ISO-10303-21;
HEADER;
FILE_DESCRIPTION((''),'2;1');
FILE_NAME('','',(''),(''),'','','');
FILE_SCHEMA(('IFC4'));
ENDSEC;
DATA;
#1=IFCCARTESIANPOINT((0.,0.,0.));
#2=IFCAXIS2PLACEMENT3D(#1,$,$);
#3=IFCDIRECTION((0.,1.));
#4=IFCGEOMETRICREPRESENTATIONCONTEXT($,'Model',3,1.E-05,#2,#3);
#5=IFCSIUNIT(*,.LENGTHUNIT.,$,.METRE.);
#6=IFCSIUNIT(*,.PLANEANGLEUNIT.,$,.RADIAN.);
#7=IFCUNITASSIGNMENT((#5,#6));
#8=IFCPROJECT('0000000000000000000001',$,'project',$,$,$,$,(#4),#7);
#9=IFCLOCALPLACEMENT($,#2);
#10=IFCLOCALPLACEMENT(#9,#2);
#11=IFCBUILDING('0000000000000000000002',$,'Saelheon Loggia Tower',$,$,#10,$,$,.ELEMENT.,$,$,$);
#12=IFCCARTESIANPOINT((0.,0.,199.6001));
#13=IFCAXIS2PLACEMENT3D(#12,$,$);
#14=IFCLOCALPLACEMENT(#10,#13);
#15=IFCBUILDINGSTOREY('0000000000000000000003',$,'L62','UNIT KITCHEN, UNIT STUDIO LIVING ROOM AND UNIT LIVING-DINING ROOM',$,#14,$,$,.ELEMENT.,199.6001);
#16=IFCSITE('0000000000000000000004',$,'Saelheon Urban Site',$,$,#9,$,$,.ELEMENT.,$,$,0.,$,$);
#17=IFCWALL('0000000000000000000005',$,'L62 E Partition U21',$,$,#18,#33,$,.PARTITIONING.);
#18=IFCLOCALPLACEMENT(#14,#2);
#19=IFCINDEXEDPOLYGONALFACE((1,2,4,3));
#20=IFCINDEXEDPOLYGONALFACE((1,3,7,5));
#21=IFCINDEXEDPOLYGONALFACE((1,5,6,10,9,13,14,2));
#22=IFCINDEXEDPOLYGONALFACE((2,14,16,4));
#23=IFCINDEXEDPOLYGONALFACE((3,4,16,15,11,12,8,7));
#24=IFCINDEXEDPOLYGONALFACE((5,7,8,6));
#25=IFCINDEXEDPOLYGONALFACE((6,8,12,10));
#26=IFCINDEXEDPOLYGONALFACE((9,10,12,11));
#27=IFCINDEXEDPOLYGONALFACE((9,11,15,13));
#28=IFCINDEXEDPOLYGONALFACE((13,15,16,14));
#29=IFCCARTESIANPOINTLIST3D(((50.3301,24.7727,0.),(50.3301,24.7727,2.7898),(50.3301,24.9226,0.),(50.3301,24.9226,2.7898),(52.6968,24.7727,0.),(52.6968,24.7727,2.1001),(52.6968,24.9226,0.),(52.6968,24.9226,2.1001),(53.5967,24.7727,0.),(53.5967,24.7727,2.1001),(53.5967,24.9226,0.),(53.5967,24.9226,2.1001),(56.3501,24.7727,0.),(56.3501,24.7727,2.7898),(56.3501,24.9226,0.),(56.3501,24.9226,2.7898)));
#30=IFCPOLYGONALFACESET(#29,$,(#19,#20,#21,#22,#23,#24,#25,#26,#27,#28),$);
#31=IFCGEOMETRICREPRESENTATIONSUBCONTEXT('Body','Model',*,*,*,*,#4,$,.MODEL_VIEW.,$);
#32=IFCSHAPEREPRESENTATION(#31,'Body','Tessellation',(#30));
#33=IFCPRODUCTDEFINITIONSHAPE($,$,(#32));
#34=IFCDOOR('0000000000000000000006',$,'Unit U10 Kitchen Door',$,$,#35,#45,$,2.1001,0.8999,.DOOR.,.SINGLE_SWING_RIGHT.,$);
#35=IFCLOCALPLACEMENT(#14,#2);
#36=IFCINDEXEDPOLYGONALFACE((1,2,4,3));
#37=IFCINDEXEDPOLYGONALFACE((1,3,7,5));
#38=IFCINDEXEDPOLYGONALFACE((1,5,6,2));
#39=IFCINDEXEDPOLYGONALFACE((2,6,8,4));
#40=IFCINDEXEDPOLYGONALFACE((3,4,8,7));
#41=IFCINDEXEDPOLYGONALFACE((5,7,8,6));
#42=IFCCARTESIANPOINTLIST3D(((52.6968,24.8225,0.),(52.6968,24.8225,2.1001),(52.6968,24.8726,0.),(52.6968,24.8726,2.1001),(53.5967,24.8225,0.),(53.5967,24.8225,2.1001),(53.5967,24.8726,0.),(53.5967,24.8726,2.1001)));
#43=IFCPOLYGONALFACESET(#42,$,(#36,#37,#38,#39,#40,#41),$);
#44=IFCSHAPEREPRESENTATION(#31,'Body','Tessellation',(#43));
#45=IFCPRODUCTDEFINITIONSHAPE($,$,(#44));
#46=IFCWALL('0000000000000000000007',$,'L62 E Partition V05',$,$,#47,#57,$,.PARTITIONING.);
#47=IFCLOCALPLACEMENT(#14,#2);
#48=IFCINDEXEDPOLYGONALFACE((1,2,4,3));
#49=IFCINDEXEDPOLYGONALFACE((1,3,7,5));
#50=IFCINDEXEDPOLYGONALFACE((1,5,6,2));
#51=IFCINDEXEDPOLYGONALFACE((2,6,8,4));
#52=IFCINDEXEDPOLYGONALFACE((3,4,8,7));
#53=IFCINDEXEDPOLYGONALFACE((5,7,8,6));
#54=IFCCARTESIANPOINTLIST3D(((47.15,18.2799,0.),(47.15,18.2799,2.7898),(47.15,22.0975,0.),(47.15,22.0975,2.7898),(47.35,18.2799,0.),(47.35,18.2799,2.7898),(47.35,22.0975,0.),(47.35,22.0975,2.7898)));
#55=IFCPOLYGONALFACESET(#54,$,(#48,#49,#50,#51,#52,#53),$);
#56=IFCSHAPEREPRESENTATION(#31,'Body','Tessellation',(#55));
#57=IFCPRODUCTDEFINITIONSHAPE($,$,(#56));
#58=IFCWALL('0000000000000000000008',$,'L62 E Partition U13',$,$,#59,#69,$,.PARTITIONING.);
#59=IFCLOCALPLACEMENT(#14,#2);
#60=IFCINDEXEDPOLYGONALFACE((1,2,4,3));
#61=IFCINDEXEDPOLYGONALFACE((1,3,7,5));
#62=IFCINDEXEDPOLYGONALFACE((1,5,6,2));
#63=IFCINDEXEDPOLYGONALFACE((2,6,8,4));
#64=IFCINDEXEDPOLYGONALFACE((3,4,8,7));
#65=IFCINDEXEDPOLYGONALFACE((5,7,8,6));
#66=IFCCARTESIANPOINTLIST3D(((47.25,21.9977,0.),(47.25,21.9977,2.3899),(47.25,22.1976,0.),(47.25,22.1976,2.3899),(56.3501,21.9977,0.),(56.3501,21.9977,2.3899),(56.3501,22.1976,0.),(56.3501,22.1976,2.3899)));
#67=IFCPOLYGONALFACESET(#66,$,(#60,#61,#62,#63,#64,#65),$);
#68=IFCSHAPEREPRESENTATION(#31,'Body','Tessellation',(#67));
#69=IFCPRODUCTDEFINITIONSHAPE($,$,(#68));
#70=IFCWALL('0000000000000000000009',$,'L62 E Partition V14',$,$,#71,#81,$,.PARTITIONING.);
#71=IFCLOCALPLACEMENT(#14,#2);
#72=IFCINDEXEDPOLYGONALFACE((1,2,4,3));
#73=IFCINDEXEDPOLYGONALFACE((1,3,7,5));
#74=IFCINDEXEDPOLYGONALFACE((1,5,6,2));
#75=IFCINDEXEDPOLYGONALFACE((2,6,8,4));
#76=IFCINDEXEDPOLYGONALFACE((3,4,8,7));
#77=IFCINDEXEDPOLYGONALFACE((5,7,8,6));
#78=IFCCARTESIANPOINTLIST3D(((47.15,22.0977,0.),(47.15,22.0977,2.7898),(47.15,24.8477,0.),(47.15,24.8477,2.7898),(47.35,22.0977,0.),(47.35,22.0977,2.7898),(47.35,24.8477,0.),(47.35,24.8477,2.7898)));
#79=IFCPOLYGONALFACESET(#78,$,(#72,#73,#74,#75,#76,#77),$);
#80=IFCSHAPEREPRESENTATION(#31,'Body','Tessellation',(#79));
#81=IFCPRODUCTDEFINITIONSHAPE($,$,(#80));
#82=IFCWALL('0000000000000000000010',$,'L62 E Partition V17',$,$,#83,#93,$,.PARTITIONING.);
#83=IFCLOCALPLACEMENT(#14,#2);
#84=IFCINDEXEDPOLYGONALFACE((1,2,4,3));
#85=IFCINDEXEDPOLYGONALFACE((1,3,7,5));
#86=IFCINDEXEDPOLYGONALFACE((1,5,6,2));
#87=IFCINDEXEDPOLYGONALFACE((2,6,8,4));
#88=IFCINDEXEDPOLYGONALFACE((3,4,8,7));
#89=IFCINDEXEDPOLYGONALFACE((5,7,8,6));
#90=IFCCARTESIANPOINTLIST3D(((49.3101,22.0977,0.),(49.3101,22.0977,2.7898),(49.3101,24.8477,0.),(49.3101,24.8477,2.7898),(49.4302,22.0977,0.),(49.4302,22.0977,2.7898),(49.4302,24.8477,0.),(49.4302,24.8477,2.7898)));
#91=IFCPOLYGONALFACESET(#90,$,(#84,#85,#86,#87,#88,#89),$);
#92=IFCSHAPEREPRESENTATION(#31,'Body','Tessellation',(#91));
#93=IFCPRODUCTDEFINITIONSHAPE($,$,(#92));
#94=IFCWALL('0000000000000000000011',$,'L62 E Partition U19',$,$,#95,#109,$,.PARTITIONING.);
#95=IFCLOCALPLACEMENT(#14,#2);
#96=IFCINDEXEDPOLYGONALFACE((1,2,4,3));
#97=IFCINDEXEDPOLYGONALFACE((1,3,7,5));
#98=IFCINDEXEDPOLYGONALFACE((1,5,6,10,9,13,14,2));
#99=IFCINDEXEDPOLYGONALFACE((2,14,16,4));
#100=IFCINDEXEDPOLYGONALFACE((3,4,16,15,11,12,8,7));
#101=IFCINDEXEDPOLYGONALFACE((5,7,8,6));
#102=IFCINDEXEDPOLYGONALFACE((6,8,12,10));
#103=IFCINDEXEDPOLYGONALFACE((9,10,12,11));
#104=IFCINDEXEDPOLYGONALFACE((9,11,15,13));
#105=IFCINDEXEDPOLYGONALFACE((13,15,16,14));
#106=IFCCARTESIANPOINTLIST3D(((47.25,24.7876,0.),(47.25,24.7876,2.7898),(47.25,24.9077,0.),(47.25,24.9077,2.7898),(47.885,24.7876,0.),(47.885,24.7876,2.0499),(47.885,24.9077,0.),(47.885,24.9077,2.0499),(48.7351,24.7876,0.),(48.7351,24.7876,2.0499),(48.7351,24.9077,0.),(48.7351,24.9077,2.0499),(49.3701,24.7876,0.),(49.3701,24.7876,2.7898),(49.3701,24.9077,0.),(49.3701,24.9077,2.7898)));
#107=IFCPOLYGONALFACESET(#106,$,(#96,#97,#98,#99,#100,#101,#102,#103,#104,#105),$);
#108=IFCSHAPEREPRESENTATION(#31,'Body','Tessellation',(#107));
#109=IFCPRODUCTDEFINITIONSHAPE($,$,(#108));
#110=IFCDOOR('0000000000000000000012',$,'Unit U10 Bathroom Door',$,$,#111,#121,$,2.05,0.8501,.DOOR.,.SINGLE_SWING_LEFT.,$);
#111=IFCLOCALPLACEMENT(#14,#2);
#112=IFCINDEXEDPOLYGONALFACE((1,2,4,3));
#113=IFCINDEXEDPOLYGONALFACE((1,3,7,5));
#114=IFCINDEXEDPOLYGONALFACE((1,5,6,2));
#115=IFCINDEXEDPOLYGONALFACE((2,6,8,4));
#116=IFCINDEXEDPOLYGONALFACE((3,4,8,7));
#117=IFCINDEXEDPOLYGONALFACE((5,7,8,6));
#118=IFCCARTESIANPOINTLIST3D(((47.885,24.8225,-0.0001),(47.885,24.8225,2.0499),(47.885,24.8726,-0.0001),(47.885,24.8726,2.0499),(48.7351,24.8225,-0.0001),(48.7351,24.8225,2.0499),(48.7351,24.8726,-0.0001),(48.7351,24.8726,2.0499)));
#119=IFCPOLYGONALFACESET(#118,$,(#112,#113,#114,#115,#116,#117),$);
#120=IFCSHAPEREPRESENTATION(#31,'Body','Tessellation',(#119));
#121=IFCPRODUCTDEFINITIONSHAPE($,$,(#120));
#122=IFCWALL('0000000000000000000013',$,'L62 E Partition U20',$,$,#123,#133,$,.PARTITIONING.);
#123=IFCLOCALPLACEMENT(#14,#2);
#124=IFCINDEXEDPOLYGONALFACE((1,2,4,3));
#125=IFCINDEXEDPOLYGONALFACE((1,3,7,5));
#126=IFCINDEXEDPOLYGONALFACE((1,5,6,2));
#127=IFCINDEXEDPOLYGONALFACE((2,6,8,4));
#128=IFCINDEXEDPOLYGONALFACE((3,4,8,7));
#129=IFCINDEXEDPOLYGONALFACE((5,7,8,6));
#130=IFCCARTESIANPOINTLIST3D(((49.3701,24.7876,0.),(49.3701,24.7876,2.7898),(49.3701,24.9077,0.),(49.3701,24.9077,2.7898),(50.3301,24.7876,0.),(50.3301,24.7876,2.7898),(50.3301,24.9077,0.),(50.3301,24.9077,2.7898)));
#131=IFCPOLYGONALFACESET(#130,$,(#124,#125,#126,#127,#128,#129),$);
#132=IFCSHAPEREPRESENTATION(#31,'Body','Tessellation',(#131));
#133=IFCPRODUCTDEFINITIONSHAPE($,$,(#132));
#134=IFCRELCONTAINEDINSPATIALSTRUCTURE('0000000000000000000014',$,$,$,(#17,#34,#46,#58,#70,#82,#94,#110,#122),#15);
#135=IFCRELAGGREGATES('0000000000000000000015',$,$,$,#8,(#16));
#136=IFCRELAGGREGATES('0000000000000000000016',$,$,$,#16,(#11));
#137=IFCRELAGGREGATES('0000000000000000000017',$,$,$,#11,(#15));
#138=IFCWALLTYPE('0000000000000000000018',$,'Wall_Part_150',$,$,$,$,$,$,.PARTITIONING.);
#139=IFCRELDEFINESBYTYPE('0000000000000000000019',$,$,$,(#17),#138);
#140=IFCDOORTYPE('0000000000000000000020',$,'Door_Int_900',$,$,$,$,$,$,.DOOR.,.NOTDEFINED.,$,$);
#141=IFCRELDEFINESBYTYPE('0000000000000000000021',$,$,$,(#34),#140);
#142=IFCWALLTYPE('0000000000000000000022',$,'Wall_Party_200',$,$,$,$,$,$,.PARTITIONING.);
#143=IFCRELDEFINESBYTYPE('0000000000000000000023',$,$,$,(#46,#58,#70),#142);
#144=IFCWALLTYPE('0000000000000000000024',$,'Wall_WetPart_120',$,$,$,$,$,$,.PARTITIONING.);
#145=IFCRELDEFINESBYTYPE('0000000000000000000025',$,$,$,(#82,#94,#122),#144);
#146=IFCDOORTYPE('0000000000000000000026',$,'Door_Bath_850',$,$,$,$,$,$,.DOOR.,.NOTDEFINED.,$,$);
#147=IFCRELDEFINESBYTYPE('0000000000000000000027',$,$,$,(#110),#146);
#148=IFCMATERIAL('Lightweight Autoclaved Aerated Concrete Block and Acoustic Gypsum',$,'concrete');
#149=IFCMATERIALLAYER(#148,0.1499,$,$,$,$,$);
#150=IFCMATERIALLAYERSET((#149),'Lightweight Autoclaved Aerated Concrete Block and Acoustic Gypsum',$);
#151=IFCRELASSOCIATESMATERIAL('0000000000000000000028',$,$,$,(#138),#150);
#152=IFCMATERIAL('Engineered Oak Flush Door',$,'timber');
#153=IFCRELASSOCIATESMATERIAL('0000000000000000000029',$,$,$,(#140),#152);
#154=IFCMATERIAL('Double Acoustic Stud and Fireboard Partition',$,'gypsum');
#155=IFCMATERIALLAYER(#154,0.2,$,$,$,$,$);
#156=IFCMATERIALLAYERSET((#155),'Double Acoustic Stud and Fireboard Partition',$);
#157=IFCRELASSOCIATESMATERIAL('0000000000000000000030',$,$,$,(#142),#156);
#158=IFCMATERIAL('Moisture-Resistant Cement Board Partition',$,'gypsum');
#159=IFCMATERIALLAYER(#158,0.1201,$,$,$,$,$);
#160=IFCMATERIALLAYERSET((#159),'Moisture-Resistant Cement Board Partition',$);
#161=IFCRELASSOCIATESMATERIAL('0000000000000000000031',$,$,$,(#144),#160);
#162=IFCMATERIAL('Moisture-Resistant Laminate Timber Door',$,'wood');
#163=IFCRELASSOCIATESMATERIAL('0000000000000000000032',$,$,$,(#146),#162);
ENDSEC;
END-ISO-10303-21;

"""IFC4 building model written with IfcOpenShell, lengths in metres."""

from ifc_helpers import new_model, si_unit, direction, frame, frame_2d, origin, place, context, subcontext, project, spatial, rectangle, extrude, source, transform, mapped, material, layer, layer_set, type_object, element, fill, save


model = new_model("IFC4")

# Units and contexts
model_context = context("Model", 3, precision=1e-05, world=origin(), true_north=direction((0.0, 1.0)))
body_context = subcontext(model_context, "Body", "Model", "MODEL_VIEW")
ifc_project = project(units=[si_unit("LENGTHUNIT", "METRE"), si_unit("PLANEANGLEUNIT", "RADIAN")], contexts=[model_context])

# Site, building, storey
site_placement = place(None, origin())
site = spatial("IfcSite", under=ifc_project, at=site_placement, Name="Saelheon Urban Site", CompositionType="ELEMENT", RefElevation=0.0)
building_placement = place(site_placement, origin())
building = spatial("IfcBuilding", under=site, at=building_placement, Name="Saelheon Loggia Tower", CompositionType="ELEMENT")
storey_placement = place(building_placement, frame((0.0, 0.0, 199.6001)))
storey = spatial("IfcBuildingStorey", under=building, at=storey_placement, Name="L62", Description="UNIT KITCHEN, UNIT STUDIO LIVING ROOM AND UNIT LIVING-DINING ROOM", CompositionType="ELEMENT", Elevation=199.6001)

# Shared definitions
ifc_material_1 = material(Name="Lightweight Autoclaved Aerated Concrete Block and Acoustic Gypsum", Category="concrete")
ifc_layer_1 = layer(ifc_material_1, 0.1499)
ifc_layer_set_1 = layer_set([ifc_layer_1], Name="Lightweight Autoclaved Aerated Concrete Block and Acoustic Gypsum")
wall_type_1 = type_object("IfcWallType", Name="Wall_Part_150", PredefinedType="PARTITIONING", material=ifc_layer_set_1)

# Wall, opening, door
ifc_material_2 = material(Name="Engineered Oak Flush Door", Category="timber")
door_type_1 = type_object("IfcDoorType", Name="Door_Int_900", OperationType="NOTDEFINED", PredefinedType="DOOR", material=ifc_material_2)
shared_shape_1 = source(origin(), body_context, "Body", "SweptSolid", [
    extrude(rectangle(XDim=0.8999, YDim=2.1001, at=frame_2d((0.45, 1.05))), frame((0.0, 0.0249, 0.0), z_axis=(0.0, -1.0, 0.0), x_axis=(1.0, 0.0, 0.0)), (0.0, 0.0, 1.0), 0.05),
])
wall_1_placement = place(storey_placement, frame((50.3301, 24.8477, 0.0), z_axis=(0.0, 0.0, 1.0), x_axis=(1.0, 0.0, 0.0)))
wall_1 = element("IfcWall", 1, at=wall_1_placement, inside=storey, type_object=wall_type_1, Name="L62 E Partition U21", PredefinedType="PARTITIONING", context=body_context, shape_type="SweptSolid", body=[
    extrude(rectangle(XDim=6.02, YDim=0.1499, at=frame_2d((3.01, 0.0))), origin(), (0.0, 0.0, 1.0), 2.7898),
])
opening_1_placement = place(wall_1_placement, frame((2.3667, 0.0, 0.0)))
opening_1 = element("IfcOpeningElement", 2, at=opening_1_placement, cuts=wall_1, PredefinedType="OPENING", context=body_context, shape_type="SweptSolid", body=[
    extrude(rectangle(XDim=0.8999, YDim=2.1001, at=frame_2d((0.45, 1.05))), frame((0.0, 0.0869, 0.0), z_axis=(0.0, -1.0, 0.0), x_axis=(1.0, 0.0, 0.0)), (0.0, 0.0, 1.0), 0.1738),
])
door_1_placement = place(opening_1_placement, origin())
door_1 = element("IfcDoor", 3, at=door_1_placement, inside=storey, type_object=door_type_1, Name="Unit U10 Kitchen Door", OperationType="SINGLE_SWING_RIGHT", OverallHeight=2.1001, OverallWidth=0.8999, PredefinedType="DOOR", context=body_context, shape_type="MappedRepresentation", body=[
    mapped(shared_shape_1, transform((0.0, 0.0, 0.0), scale=1.0)),
])
fill(opening_1, door_1)

# Walls
ifc_material_3 = material(Name="Double Acoustic Stud and Fireboard Partition", Category="gypsum")
ifc_layer_2 = layer(ifc_material_3, 0.2)
ifc_layer_set_2 = layer_set([ifc_layer_2], Name="Double Acoustic Stud and Fireboard Partition")
wall_type_2 = type_object("IfcWallType", Name="Wall_Party_200", PredefinedType="PARTITIONING", material=ifc_layer_set_2)
wall_2_placement = place(storey_placement, frame((47.25, 18.28, 0.0), z_axis=(0.0, 0.0, 1.0), x_axis=(0.0, 1.0, 0.0)))
element("IfcWall", 4, at=wall_2_placement, inside=storey, type_object=wall_type_2, Name="L62 E Partition V05", PredefinedType="PARTITIONING", context=body_context, shape_type="SweptSolid", body=[
    extrude(rectangle(XDim=3.8176, YDim=0.2, at=frame_2d((1.9087, 0.0))), origin(), (0.0, 0.0, 1.0), 2.7898),
])
wall_3_placement = place(storey_placement, frame((47.25, 22.0977, 0.0), z_axis=(0.0, 0.0, 1.0), x_axis=(1.0, 0.0, 0.0)))
element("IfcWall", 5, at=wall_3_placement, inside=storey, type_object=wall_type_2, Name="L62 E Partition U13", PredefinedType="PARTITIONING", context=body_context, shape_type="SweptSolid", body=[
    extrude(rectangle(XDim=9.1001, YDim=0.2, at=frame_2d((4.55, 0.0))), origin(), (0.0, 0.0, 1.0), 2.3899),
])
wall_4_placement = place(storey_placement, frame((47.25, 22.0977, 0.0), z_axis=(0.0, 0.0, 1.0), x_axis=(0.0, 1.0, 0.0)))
element("IfcWall", 6, at=wall_4_placement, inside=storey, type_object=wall_type_2, Name="L62 E Partition V14", PredefinedType="PARTITIONING", context=body_context, shape_type="SweptSolid", body=[
    extrude(rectangle(XDim=2.75, YDim=0.2, at=frame_2d((1.375, 0.0))), origin(), (0.0, 0.0, 1.0), 2.7898),
])

# Wall
ifc_material_4 = material(Name="Moisture-Resistant Cement Board Partition", Category="gypsum")
ifc_layer_3 = layer(ifc_material_4, 0.1201)
ifc_layer_set_3 = layer_set([ifc_layer_3], Name="Moisture-Resistant Cement Board Partition")
wall_type_3 = type_object("IfcWallType", Name="Wall_WetPart_120", PredefinedType="PARTITIONING", material=ifc_layer_set_3)
wall_5_placement = place(storey_placement, frame((49.3701, 22.0977, 0.0), z_axis=(0.0, 0.0, 1.0), x_axis=(0.0, 1.0, 0.0)))
element("IfcWall", 7, at=wall_5_placement, inside=storey, type_object=wall_type_3, Name="L62 E Partition V17", PredefinedType="PARTITIONING", context=body_context, shape_type="SweptSolid", body=[
    extrude(rectangle(XDim=2.75, YDim=0.1201, at=frame_2d((1.375, 0.0))), origin(), (0.0, 0.0, 1.0), 2.7898),
])

# Wall, opening, door
wall_6_placement = place(storey_placement, frame((47.25, 24.8477, 0.0), z_axis=(0.0, 0.0, 1.0), x_axis=(1.0, 0.0, 0.0)))
wall_6 = element("IfcWall", 8, at=wall_6_placement, inside=storey, type_object=wall_type_3, Name="L62 E Partition U19", PredefinedType="PARTITIONING", context=body_context, shape_type="SweptSolid", body=[
    extrude(rectangle(XDim=2.1201, YDim=0.1201, at=frame_2d((1.0601, 0.0))), origin(), (0.0, 0.0, 1.0), 2.7898),
])
opening_2_placement = place(wall_6_placement, frame((0.635, 0.0, 0.0)))
opening_2 = element("IfcOpeningElement", 9, at=opening_2_placement, cuts=wall_6, PredefinedType="OPENING", context=body_context, shape_type="SweptSolid", body=[
    extrude(rectangle(XDim=0.8501, YDim=2.05, at=frame_2d((0.425, 1.0249))), frame((0.0, 0.072, 0.0), z_axis=(0.0, -1.0, 0.0), x_axis=(1.0, 0.0, 0.0)), (0.0, 0.0, 1.0), 0.144),
])
ifc_material_5 = material(Name="Moisture-Resistant Laminate Timber Door", Category="wood")
door_type_2 = type_object("IfcDoorType", Name="Door_Bath_850", OperationType="NOTDEFINED", PredefinedType="DOOR", material=ifc_material_5)
shared_shape_2 = source(origin(), body_context, "Body", "SweptSolid", [
    extrude(rectangle(XDim=0.8501, YDim=2.05, at=frame_2d((0.425, 1.0249))), frame((0.0, 0.0249, 0.0), z_axis=(0.0, -1.0, 0.0), x_axis=(1.0, 0.0, 0.0)), (0.0, 0.0, 1.0), 0.05),
])
door_2_placement = place(opening_2_placement, origin())
door_2 = element("IfcDoor", 10, at=door_2_placement, inside=storey, type_object=door_type_2, Name="Unit U10 Bathroom Door", OperationType="SINGLE_SWING_LEFT", OverallHeight=2.05, OverallWidth=0.8501, PredefinedType="DOOR", context=body_context, shape_type="MappedRepresentation", body=[
    mapped(shared_shape_2, transform((0.0, 0.0, 0.0), scale=1.0)),
])
fill(opening_2, door_2)

# Wall
wall_7_placement = place(storey_placement, frame((49.3701, 24.8477, 0.0), z_axis=(0.0, 0.0, 1.0), x_axis=(1.0, 0.0, 0.0)))
element("IfcWall", 11, at=wall_7_placement, inside=storey, type_object=wall_type_3, Name="L62 E Partition U20", PredefinedType="PARTITIONING", context=body_context, shape_type="SweptSolid", body=[
    extrude(rectangle(XDim=0.96, YDim=0.1201, at=frame_2d((0.48, 0.0))), origin(), (0.0, 0.0, 1.0), 2.7898),
])

save(model, "model.ifc")
